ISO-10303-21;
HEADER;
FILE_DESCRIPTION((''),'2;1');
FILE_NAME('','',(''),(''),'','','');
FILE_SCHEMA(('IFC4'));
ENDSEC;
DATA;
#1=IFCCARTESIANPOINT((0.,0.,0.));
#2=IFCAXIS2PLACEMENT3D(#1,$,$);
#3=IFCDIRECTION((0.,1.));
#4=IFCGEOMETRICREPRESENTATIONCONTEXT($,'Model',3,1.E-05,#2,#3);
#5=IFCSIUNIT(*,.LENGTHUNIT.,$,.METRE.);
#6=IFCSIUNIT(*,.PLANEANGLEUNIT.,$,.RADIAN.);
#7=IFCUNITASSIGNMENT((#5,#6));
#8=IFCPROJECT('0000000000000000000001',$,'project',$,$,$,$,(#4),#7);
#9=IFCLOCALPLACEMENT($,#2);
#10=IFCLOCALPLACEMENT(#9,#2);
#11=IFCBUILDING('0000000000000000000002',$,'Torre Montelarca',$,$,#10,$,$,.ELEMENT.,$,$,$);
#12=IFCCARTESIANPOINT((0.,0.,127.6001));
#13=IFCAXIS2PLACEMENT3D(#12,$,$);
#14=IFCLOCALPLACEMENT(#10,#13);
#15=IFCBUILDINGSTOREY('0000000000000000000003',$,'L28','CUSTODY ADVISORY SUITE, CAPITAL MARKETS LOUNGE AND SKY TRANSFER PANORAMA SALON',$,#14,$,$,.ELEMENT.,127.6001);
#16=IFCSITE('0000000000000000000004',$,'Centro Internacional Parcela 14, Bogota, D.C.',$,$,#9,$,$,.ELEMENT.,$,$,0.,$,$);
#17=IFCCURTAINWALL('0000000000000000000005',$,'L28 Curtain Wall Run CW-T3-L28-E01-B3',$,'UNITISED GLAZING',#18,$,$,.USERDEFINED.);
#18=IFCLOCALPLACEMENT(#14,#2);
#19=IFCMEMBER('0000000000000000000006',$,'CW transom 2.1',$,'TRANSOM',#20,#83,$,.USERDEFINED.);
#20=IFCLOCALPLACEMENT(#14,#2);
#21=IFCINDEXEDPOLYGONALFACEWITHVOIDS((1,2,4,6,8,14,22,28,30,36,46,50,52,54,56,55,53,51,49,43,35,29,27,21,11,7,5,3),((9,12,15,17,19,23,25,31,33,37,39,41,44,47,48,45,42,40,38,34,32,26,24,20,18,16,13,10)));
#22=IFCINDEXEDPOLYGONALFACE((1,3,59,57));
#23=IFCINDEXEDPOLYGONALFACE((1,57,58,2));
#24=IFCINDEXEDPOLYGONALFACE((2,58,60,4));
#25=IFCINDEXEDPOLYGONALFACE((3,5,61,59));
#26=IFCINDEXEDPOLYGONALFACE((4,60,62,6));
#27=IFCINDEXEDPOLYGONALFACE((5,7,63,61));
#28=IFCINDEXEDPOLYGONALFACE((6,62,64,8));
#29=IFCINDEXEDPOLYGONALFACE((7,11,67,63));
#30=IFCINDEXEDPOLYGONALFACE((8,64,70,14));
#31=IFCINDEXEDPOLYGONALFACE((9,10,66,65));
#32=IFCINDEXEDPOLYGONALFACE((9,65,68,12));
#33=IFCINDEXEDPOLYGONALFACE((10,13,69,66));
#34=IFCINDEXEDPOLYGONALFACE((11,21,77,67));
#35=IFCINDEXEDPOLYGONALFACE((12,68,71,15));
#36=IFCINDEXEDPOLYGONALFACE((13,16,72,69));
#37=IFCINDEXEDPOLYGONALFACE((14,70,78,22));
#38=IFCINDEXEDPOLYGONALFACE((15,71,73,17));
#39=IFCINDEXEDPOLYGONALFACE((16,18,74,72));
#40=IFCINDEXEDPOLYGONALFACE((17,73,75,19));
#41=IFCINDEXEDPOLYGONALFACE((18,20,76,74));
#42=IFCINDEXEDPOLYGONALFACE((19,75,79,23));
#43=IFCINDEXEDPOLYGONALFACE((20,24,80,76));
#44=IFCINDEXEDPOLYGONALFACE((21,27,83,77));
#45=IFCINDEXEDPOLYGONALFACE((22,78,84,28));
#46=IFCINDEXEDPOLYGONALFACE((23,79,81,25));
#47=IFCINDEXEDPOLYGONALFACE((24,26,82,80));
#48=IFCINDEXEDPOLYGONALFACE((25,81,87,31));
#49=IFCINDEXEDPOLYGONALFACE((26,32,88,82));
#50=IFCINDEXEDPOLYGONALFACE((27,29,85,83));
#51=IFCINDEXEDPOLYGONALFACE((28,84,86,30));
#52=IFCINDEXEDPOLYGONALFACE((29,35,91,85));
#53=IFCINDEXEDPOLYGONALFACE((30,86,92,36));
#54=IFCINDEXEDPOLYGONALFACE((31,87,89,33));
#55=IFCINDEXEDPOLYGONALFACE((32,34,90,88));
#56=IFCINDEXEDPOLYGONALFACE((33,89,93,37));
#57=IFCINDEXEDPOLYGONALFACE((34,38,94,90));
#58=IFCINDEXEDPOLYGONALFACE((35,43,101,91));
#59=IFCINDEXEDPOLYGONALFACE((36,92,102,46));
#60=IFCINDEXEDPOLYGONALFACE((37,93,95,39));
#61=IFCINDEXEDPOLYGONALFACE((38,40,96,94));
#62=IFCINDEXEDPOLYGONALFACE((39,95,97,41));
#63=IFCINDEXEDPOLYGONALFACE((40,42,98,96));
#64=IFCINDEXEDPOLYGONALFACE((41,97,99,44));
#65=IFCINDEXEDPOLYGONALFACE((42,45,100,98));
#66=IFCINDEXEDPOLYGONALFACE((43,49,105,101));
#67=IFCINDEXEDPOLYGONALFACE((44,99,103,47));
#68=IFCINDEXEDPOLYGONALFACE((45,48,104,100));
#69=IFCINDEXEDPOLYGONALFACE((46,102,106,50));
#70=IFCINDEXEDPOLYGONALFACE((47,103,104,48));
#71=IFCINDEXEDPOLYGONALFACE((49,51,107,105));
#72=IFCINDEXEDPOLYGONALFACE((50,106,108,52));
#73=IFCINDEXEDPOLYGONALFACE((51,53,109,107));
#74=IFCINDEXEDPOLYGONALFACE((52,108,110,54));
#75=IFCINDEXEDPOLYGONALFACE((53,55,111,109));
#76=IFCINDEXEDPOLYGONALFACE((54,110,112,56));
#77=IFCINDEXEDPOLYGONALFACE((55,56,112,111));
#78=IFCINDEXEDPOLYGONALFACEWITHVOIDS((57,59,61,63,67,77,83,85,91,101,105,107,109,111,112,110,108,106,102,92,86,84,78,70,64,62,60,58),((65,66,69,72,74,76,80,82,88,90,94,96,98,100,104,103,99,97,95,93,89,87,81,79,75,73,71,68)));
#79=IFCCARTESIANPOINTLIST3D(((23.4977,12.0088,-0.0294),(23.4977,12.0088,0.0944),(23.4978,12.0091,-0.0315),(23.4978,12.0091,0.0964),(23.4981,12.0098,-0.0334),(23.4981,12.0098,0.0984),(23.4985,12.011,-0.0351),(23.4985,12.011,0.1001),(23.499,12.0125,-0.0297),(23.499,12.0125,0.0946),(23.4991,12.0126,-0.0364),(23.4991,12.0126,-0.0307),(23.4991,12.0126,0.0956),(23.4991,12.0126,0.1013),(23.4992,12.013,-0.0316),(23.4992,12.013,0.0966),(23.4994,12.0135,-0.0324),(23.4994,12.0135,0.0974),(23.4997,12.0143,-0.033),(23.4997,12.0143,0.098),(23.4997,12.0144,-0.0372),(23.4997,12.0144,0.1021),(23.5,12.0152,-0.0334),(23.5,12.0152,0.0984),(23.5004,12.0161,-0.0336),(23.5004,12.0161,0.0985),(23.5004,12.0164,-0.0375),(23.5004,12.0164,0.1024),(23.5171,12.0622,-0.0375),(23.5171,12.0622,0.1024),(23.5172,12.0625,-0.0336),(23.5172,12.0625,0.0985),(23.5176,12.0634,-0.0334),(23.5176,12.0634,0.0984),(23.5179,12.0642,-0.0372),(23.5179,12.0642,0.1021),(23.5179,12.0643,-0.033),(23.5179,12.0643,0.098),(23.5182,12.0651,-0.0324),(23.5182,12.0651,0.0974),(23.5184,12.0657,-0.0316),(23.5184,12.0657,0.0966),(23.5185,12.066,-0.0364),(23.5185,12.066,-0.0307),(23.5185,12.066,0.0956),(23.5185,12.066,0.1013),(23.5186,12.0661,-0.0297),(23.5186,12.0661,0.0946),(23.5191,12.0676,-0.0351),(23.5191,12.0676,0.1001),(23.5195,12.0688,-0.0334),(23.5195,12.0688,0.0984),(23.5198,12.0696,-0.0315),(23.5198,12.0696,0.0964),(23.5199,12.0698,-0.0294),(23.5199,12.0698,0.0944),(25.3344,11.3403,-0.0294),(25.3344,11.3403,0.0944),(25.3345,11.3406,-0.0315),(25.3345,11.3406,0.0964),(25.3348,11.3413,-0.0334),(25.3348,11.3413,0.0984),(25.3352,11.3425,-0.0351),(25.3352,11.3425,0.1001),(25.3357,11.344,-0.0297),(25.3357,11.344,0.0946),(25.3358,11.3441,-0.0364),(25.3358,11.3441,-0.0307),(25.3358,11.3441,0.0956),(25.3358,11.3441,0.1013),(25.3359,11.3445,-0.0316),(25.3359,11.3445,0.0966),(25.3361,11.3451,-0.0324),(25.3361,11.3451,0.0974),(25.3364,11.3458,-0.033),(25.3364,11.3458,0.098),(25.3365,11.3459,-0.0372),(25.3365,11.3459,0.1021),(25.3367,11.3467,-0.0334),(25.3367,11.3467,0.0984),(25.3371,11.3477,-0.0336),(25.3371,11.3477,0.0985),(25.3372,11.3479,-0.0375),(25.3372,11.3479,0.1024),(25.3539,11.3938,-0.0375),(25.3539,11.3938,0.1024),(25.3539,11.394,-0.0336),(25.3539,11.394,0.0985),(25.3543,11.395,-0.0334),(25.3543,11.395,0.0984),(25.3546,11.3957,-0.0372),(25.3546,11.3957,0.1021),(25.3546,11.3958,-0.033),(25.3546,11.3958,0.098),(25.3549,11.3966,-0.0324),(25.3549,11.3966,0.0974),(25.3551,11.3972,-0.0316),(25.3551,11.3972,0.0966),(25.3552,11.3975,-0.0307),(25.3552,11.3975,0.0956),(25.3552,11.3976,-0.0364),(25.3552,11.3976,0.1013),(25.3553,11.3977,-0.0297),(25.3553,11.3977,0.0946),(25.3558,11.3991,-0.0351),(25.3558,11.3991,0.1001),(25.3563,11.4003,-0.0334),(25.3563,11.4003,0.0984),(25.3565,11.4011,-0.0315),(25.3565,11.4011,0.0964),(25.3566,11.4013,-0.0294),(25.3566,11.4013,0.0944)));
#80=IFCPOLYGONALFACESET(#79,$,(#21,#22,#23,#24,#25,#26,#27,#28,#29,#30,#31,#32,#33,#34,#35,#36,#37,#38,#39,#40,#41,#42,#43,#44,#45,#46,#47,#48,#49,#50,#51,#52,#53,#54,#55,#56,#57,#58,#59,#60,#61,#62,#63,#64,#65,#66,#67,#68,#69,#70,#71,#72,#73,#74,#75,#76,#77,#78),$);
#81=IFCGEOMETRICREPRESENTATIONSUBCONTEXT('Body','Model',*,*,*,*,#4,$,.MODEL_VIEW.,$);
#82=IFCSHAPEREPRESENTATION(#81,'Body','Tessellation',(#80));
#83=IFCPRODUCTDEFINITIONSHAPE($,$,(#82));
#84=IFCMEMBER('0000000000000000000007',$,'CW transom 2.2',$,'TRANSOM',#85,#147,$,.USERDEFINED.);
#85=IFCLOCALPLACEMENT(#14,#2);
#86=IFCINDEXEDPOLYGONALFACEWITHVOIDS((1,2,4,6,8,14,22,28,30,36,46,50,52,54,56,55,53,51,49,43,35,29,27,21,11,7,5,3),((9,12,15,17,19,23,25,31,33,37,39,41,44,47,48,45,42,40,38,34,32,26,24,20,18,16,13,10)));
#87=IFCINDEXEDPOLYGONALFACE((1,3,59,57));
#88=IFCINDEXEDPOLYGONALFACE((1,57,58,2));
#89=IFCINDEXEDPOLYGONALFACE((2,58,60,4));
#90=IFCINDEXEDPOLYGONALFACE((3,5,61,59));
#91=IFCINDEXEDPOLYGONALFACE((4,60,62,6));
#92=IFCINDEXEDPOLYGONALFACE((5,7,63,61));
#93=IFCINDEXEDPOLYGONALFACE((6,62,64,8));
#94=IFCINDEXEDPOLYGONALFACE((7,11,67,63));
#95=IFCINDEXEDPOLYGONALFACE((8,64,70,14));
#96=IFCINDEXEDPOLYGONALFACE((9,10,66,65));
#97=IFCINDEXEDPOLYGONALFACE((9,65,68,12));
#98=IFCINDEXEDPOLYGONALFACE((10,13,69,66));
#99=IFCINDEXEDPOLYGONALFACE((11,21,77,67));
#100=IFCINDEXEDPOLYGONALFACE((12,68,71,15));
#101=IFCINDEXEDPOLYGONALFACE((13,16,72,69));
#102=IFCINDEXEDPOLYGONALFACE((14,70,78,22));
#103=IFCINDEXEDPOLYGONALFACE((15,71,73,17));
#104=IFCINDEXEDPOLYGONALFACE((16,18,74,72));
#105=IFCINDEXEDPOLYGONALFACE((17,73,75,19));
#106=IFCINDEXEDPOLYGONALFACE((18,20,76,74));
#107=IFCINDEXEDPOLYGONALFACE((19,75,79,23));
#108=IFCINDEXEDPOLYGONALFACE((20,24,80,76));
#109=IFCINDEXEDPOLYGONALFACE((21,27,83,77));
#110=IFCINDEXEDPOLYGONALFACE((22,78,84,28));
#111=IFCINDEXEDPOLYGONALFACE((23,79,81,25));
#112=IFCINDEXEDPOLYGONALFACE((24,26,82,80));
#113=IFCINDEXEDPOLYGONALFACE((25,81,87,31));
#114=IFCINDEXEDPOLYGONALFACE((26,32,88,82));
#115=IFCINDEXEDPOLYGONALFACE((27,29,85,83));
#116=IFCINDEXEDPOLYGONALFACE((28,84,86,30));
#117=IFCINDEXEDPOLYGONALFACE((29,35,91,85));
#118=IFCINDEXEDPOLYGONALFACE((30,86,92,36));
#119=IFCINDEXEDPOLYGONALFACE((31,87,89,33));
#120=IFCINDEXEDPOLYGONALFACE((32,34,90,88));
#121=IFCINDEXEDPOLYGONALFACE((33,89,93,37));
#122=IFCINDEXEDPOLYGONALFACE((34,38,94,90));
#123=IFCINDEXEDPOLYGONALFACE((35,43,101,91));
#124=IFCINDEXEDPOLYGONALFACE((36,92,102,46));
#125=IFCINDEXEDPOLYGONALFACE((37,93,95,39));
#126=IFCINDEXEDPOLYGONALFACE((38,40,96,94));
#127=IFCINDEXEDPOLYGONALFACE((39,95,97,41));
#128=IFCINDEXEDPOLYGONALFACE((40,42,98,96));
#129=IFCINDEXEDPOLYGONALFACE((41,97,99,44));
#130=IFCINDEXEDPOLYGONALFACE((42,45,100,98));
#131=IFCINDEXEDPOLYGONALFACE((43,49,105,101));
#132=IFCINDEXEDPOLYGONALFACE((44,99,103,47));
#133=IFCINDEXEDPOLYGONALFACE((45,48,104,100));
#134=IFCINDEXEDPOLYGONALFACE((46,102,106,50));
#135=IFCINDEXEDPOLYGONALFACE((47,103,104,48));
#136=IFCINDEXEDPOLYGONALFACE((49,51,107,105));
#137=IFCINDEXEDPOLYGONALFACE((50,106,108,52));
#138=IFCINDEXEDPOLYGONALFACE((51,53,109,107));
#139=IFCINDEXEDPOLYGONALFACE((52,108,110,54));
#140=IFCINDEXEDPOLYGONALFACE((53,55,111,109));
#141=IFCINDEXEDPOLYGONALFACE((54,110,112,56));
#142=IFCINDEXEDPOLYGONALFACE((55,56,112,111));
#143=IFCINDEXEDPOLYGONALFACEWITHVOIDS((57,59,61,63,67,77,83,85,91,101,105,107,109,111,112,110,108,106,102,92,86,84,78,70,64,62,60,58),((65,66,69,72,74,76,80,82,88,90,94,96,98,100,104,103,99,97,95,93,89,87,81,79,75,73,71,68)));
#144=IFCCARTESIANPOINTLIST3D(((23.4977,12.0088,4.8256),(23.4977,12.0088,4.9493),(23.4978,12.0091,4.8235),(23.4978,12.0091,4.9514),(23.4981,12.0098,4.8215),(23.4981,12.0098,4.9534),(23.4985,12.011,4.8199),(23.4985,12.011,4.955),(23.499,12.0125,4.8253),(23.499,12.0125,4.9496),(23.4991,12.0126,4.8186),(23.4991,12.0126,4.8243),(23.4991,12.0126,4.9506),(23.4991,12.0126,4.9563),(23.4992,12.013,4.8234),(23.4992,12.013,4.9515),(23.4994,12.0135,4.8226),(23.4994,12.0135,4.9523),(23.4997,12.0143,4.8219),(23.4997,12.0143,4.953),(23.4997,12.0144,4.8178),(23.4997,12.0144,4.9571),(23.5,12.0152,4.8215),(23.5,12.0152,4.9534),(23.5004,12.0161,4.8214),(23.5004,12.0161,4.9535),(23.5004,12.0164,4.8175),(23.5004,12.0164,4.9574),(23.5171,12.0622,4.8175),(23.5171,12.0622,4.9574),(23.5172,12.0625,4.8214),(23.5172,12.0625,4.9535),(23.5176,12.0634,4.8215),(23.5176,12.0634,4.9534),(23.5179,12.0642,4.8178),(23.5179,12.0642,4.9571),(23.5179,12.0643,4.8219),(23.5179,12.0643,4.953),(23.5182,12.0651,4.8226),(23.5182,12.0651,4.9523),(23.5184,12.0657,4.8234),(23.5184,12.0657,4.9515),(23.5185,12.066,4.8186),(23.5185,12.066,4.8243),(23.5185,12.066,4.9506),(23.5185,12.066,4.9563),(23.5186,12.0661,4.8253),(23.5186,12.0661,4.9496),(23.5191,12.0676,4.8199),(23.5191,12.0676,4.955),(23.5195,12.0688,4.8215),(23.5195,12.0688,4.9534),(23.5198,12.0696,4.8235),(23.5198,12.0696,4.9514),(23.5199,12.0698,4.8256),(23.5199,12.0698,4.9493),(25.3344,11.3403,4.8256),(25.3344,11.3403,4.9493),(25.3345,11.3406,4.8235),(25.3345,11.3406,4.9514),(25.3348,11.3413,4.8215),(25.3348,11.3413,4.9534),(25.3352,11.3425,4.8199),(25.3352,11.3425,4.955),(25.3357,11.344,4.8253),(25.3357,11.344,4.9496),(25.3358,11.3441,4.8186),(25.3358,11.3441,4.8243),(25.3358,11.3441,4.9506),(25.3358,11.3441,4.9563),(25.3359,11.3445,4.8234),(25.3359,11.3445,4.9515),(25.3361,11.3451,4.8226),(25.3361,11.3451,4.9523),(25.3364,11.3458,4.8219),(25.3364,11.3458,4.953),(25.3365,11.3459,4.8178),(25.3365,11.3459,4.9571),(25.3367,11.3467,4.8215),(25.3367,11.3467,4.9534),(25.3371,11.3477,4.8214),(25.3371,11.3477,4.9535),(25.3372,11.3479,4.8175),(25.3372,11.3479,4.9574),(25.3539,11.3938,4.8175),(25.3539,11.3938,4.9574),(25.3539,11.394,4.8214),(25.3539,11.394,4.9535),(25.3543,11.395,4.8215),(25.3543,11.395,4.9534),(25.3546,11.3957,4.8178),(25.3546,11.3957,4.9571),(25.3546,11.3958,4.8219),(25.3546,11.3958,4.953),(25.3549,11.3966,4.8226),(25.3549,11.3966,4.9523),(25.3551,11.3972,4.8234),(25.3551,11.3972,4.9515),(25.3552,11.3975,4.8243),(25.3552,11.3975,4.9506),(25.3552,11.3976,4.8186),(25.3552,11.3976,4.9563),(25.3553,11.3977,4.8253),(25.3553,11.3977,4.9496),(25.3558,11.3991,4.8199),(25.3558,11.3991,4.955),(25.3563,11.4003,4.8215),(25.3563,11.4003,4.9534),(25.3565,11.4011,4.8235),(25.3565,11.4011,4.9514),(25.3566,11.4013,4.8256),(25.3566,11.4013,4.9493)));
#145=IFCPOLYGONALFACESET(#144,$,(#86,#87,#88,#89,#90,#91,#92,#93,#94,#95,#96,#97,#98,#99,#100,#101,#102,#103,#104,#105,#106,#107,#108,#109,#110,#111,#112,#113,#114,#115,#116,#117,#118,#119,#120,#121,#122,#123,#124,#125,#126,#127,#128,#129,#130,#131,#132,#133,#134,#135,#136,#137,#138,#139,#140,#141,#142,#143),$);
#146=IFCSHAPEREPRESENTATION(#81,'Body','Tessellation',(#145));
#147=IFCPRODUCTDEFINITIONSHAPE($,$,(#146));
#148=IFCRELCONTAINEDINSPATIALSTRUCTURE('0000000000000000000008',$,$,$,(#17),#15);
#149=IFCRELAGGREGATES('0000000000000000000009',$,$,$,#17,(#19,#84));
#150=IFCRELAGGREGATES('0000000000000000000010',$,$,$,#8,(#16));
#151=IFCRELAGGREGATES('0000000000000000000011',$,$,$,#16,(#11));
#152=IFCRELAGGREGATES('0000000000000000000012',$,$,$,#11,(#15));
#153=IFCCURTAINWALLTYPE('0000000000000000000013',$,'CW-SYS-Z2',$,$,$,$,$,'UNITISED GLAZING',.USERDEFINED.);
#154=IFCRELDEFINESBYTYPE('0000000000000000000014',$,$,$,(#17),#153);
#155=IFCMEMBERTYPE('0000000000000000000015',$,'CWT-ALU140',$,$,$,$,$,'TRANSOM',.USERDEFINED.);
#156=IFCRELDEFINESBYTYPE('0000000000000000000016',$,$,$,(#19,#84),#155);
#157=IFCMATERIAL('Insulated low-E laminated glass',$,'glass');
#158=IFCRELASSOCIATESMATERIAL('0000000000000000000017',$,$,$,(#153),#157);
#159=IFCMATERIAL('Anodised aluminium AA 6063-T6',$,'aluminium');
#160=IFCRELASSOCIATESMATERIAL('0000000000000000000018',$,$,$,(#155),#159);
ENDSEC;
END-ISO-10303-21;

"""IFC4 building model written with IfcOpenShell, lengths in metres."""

from ifc_helpers import new_model, si_unit, direction, frame, origin, origin_2d, place, context, subcontext, project, spatial, hollow_rectangle, extrude, source, transform, mapped, material, material_profile, profile_set, type_object, element, aggregate, save


model = new_model("IFC4")

# Units and contexts
model_context = context("Model", 3, precision=1e-05, world=origin(), true_north=direction((0.0, 1.0)))
body_context = subcontext(model_context, "Body", "Model", "MODEL_VIEW")
ifc_project = project(units=[si_unit("LENGTHUNIT", "METRE"), si_unit("PLANEANGLEUNIT", "RADIAN")], contexts=[model_context])

# Site, building, storey
site_placement = place(None, origin())
site = spatial("IfcSite", under=ifc_project, at=site_placement, Name="Centro Internacional Parcela 14, Bogota, D.C.", CompositionType="ELEMENT", RefElevation=0.0)
building_placement = place(site_placement, origin())
building = spatial("IfcBuilding", under=site, at=building_placement, Name="Torre Montelarca", CompositionType="ELEMENT")
storey_placement = place(building_placement, frame((0.0, 0.0, 127.6001)))
storey = spatial("IfcBuildingStorey", under=building, at=storey_placement, Name="L28", Description="CUSTODY ADVISORY SUITE, CAPITAL MARKETS LOUNGE AND SKY TRANSFER PANORAMA SALON", CompositionType="ELEMENT", Elevation=127.6001)

# Curtain wall
ifc_material_1 = material(Name="Insulated low-E laminated glass", Category="glass")
curtain_wall_type = type_object("IfcCurtainWallType", Name="CW-SYS-Z2", ElementType="UNITISED GLAZING", PredefinedType="USERDEFINED", material=ifc_material_1)
ifc_material_2 = material(Name="Anodised aluminium AA 6063-T6", Category="aluminium")
ifc_material_profile_1 = material_profile(ifc_material_2, hollow_rectangle(XDim=0.0649, YDim=0.1399, WallThickness=0.0039, InnerFilletRadius=0.0039, OuterFilletRadius=0.0081, at=origin_2d()), Name="ALU65X140X4", Category="aluminium")
ifc_profile_set_1 = profile_set([ifc_material_profile_1], Name="Anodised aluminium AA 6063-T6")
member_type_1 = type_object("IfcMemberType", Name="CWT-ALU140", ElementType="TRANSOM", PredefinedType="USERDEFINED", material=ifc_profile_set_1)
curtain_wall_1_placement = place(storey_placement, origin())
curtain_wall_1 = element("IfcCurtainWall", 1, at=curtain_wall_1_placement, inside=storey, type_object=curtain_wall_type, Name="L28 Curtain Wall Run CW-T3-L28-E01-B3", ObjectType="UNITISED GLAZING", PredefinedType="USERDEFINED")

# Members
shared_shape_1 = source(origin(), body_context, "Body", "SweptSolid", [
    extrude(hollow_rectangle(XDim=0.0649, YDim=0.1399, WallThickness=0.0039, InnerFilletRadius=0.0039, OuterFilletRadius=0.0081, at=origin_2d()), origin(), (0.0, 0.0, 1.0), 1.9546),
])
member_1_placement = place(storey_placement, frame((23.5088, 12.0393, 0.0325), z_axis=(0.939699, -0.342004, 0.0), x_axis=(0.342004, 0.939699, 0.0)))
member_1 = element("IfcMember", 2, at=member_1_placement, type_object=member_type_1, Name="CW transom 2.1", ObjectType="TRANSOM", PredefinedType="USERDEFINED", context=body_context, shape_type="MappedRepresentation", body=[
    mapped(shared_shape_1, transform((0.0, 0.0, 0.0), scale=1.0)),
])
member_2_placement = place(storey_placement, frame((23.5088, 12.0393, 4.8875), z_axis=(0.939699, -0.342004, 0.0), x_axis=(0.342004, 0.939699, 0.0)))
member_2 = element("IfcMember", 3, at=member_2_placement, type_object=member_type_1, Name="CW transom 2.2", ObjectType="TRANSOM", PredefinedType="USERDEFINED", context=body_context, shape_type="MappedRepresentation", body=[
    mapped(shared_shape_1, transform((0.0, 0.0, 0.0), scale=1.0)),
])

aggregate(curtain_wall_1, [member_1, member_2])

save(model, "model.ifc")
